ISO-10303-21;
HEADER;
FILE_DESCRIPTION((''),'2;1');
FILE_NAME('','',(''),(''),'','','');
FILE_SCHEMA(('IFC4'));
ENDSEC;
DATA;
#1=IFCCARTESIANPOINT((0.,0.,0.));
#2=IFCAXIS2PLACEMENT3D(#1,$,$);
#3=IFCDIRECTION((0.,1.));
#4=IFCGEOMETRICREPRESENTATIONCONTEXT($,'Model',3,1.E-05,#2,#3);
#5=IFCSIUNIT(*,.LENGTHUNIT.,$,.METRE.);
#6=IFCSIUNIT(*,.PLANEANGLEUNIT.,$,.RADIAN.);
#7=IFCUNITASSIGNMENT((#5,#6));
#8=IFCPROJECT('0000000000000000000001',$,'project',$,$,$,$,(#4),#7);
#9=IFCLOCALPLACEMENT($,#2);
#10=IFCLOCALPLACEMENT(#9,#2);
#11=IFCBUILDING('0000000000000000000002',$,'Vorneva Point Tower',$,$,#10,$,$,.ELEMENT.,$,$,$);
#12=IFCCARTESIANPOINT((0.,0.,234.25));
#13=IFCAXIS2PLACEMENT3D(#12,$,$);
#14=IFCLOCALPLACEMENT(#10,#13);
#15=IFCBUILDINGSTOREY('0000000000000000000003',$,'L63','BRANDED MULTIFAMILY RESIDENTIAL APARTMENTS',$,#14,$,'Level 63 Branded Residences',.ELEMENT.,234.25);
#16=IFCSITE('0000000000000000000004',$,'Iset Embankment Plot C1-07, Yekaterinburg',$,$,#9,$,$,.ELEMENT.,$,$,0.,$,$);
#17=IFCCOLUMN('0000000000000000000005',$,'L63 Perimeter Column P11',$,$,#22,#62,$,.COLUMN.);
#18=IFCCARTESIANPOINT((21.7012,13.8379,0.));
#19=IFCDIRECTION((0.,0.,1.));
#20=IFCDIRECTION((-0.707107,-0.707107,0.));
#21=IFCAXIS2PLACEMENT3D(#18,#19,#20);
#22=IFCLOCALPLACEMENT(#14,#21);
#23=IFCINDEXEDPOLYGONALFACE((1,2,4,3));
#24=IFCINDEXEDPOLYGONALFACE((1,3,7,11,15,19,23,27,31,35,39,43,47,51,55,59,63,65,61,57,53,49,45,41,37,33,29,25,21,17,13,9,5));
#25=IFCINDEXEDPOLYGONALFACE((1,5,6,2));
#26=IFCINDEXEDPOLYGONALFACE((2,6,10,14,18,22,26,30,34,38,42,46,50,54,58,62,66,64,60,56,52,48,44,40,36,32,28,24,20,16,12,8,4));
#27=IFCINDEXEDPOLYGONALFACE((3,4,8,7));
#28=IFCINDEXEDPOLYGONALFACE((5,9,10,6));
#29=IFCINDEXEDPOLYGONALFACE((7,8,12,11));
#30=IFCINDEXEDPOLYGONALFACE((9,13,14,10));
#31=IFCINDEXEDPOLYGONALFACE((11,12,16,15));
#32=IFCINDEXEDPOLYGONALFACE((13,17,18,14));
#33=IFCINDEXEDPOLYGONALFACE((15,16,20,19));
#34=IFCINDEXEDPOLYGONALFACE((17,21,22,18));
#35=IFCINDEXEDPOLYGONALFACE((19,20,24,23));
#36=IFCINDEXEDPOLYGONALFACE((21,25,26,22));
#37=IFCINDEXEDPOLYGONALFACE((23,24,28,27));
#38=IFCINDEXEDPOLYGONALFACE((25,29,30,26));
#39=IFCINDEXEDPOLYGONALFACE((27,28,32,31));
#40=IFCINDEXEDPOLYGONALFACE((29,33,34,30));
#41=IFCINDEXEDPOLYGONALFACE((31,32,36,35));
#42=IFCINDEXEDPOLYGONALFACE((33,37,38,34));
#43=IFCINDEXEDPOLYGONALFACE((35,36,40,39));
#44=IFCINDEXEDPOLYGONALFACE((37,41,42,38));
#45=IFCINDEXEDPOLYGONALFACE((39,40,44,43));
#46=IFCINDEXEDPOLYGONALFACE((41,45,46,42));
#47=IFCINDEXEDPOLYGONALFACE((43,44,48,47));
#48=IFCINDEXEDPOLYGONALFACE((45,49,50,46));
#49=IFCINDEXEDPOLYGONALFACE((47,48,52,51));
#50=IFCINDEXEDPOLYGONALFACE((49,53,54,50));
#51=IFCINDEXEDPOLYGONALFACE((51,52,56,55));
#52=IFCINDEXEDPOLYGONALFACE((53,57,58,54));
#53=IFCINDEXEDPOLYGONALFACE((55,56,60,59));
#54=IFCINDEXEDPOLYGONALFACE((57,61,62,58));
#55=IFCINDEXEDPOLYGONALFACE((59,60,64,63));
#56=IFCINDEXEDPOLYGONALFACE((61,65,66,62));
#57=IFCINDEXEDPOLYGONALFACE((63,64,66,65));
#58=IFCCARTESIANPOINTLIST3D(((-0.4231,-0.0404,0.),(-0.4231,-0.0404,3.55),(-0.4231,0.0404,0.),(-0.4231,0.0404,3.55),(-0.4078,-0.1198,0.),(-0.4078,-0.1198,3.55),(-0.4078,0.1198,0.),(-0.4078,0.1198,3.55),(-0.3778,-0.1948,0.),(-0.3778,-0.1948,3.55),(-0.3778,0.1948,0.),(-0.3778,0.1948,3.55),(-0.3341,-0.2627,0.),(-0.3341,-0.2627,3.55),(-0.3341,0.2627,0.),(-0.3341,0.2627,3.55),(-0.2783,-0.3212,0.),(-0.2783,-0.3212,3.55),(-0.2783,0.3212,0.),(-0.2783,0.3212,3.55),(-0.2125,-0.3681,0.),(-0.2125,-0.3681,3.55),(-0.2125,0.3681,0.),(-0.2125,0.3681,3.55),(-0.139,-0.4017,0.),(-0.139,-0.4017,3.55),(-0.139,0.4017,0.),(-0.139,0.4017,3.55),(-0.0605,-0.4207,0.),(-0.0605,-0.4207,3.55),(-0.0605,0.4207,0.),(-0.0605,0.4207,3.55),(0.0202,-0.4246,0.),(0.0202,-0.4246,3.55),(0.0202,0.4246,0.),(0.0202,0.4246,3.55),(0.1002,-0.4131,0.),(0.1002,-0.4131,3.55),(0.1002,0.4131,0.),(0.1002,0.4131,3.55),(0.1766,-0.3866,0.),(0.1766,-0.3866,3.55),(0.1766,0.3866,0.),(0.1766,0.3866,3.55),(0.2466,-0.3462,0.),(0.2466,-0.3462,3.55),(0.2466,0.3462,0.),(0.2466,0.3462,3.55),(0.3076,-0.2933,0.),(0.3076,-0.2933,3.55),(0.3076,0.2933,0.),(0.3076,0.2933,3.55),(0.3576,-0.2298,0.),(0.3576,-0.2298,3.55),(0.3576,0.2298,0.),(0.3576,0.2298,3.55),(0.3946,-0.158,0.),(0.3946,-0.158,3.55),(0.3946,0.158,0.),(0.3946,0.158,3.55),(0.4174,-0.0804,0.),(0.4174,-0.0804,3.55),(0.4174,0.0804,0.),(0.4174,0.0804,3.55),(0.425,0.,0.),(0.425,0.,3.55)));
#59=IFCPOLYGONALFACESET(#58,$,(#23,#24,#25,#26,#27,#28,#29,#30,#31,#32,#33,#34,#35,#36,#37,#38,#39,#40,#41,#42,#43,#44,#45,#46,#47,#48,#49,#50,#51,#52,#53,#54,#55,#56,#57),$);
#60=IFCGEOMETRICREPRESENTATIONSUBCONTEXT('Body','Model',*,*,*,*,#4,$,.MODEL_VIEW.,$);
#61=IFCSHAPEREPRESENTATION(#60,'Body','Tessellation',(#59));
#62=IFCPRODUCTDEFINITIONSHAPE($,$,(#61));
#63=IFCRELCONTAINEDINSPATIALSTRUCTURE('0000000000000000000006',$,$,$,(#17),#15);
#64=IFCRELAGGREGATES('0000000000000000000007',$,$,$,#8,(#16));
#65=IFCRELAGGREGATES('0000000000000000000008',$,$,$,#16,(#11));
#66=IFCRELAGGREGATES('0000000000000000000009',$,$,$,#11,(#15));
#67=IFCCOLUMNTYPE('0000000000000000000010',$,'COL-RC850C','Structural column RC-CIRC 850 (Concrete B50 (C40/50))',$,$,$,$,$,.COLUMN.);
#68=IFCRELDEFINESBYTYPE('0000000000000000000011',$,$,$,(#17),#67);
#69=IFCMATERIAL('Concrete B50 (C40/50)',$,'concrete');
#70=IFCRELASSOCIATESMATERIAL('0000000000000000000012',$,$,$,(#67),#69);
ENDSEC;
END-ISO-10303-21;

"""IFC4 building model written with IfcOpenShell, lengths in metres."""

from ifc_helpers import new_model, si_unit, direction, frame, origin, origin_2d, place, context, subcontext, project, spatial, circle, extrude, material, material_profile, profile_set, type_object, element, save


model = new_model("IFC4")

# Units and contexts
model_context = context("Model", 3, precision=1e-05, world=origin(), true_north=direction((0.0, 1.0)))
body_context = subcontext(model_context, "Body", "Model", "MODEL_VIEW")
ifc_project = project(units=[si_unit("LENGTHUNIT", "METRE"), si_unit("PLANEANGLEUNIT", "RADIAN")], contexts=[model_context])

# Site, building, storey
site_placement = place(None, origin())
site = spatial("IfcSite", under=ifc_project, at=site_placement, Name="Iset Embankment Plot C1-07, Yekaterinburg", CompositionType="ELEMENT", RefElevation=0.0)
building_placement = place(site_placement, origin())
building = spatial("IfcBuilding", under=site, at=building_placement, Name="Vorneva Point Tower", CompositionType="ELEMENT")
storey_placement = place(building_placement, frame((0.0, 0.0, 234.25)))
storey = spatial("IfcBuildingStorey", under=building, at=storey_placement, Name="L63", Description="BRANDED MULTIFAMILY RESIDENTIAL APARTMENTS", LongName="Level 63 Branded Residences", CompositionType="ELEMENT", Elevation=234.25)

# Column
ifc_material_1 = material(Name="Concrete B50 (C40/50)", Category="concrete")
ifc_material_profile_1 = material_profile(ifc_material_1, circle(Radius=0.425, at=origin_2d()), Name="RC-CIRC 850")
ifc_profile_set_1 = profile_set([ifc_material_profile_1], Name="Concrete B50 (C40/50)")
column_type = type_object("IfcColumnType", Name="COL-RC850C", Description="Structural column RC-CIRC 850 (Concrete B50 (C40/50))", PredefinedType="COLUMN", material=ifc_profile_set_1)
column_placement = place(storey_placement, frame((21.7012, 13.8379, 0.0), z_axis=(0.0, 0.0, 1.0), x_axis=(-0.707107, -0.707107, 0.0)))
element("IfcColumn", 1, at=column_placement, inside=storey, type_object=column_type, Name="L63 Perimeter Column P11", PredefinedType="COLUMN", context=body_context, shape_type="SweptSolid", body=[
    extrude(circle(Radius=0.425, at=origin_2d()), origin(), (0.0, 0.0, 1.0), 3.55),
])

save(model, "model.ifc")
